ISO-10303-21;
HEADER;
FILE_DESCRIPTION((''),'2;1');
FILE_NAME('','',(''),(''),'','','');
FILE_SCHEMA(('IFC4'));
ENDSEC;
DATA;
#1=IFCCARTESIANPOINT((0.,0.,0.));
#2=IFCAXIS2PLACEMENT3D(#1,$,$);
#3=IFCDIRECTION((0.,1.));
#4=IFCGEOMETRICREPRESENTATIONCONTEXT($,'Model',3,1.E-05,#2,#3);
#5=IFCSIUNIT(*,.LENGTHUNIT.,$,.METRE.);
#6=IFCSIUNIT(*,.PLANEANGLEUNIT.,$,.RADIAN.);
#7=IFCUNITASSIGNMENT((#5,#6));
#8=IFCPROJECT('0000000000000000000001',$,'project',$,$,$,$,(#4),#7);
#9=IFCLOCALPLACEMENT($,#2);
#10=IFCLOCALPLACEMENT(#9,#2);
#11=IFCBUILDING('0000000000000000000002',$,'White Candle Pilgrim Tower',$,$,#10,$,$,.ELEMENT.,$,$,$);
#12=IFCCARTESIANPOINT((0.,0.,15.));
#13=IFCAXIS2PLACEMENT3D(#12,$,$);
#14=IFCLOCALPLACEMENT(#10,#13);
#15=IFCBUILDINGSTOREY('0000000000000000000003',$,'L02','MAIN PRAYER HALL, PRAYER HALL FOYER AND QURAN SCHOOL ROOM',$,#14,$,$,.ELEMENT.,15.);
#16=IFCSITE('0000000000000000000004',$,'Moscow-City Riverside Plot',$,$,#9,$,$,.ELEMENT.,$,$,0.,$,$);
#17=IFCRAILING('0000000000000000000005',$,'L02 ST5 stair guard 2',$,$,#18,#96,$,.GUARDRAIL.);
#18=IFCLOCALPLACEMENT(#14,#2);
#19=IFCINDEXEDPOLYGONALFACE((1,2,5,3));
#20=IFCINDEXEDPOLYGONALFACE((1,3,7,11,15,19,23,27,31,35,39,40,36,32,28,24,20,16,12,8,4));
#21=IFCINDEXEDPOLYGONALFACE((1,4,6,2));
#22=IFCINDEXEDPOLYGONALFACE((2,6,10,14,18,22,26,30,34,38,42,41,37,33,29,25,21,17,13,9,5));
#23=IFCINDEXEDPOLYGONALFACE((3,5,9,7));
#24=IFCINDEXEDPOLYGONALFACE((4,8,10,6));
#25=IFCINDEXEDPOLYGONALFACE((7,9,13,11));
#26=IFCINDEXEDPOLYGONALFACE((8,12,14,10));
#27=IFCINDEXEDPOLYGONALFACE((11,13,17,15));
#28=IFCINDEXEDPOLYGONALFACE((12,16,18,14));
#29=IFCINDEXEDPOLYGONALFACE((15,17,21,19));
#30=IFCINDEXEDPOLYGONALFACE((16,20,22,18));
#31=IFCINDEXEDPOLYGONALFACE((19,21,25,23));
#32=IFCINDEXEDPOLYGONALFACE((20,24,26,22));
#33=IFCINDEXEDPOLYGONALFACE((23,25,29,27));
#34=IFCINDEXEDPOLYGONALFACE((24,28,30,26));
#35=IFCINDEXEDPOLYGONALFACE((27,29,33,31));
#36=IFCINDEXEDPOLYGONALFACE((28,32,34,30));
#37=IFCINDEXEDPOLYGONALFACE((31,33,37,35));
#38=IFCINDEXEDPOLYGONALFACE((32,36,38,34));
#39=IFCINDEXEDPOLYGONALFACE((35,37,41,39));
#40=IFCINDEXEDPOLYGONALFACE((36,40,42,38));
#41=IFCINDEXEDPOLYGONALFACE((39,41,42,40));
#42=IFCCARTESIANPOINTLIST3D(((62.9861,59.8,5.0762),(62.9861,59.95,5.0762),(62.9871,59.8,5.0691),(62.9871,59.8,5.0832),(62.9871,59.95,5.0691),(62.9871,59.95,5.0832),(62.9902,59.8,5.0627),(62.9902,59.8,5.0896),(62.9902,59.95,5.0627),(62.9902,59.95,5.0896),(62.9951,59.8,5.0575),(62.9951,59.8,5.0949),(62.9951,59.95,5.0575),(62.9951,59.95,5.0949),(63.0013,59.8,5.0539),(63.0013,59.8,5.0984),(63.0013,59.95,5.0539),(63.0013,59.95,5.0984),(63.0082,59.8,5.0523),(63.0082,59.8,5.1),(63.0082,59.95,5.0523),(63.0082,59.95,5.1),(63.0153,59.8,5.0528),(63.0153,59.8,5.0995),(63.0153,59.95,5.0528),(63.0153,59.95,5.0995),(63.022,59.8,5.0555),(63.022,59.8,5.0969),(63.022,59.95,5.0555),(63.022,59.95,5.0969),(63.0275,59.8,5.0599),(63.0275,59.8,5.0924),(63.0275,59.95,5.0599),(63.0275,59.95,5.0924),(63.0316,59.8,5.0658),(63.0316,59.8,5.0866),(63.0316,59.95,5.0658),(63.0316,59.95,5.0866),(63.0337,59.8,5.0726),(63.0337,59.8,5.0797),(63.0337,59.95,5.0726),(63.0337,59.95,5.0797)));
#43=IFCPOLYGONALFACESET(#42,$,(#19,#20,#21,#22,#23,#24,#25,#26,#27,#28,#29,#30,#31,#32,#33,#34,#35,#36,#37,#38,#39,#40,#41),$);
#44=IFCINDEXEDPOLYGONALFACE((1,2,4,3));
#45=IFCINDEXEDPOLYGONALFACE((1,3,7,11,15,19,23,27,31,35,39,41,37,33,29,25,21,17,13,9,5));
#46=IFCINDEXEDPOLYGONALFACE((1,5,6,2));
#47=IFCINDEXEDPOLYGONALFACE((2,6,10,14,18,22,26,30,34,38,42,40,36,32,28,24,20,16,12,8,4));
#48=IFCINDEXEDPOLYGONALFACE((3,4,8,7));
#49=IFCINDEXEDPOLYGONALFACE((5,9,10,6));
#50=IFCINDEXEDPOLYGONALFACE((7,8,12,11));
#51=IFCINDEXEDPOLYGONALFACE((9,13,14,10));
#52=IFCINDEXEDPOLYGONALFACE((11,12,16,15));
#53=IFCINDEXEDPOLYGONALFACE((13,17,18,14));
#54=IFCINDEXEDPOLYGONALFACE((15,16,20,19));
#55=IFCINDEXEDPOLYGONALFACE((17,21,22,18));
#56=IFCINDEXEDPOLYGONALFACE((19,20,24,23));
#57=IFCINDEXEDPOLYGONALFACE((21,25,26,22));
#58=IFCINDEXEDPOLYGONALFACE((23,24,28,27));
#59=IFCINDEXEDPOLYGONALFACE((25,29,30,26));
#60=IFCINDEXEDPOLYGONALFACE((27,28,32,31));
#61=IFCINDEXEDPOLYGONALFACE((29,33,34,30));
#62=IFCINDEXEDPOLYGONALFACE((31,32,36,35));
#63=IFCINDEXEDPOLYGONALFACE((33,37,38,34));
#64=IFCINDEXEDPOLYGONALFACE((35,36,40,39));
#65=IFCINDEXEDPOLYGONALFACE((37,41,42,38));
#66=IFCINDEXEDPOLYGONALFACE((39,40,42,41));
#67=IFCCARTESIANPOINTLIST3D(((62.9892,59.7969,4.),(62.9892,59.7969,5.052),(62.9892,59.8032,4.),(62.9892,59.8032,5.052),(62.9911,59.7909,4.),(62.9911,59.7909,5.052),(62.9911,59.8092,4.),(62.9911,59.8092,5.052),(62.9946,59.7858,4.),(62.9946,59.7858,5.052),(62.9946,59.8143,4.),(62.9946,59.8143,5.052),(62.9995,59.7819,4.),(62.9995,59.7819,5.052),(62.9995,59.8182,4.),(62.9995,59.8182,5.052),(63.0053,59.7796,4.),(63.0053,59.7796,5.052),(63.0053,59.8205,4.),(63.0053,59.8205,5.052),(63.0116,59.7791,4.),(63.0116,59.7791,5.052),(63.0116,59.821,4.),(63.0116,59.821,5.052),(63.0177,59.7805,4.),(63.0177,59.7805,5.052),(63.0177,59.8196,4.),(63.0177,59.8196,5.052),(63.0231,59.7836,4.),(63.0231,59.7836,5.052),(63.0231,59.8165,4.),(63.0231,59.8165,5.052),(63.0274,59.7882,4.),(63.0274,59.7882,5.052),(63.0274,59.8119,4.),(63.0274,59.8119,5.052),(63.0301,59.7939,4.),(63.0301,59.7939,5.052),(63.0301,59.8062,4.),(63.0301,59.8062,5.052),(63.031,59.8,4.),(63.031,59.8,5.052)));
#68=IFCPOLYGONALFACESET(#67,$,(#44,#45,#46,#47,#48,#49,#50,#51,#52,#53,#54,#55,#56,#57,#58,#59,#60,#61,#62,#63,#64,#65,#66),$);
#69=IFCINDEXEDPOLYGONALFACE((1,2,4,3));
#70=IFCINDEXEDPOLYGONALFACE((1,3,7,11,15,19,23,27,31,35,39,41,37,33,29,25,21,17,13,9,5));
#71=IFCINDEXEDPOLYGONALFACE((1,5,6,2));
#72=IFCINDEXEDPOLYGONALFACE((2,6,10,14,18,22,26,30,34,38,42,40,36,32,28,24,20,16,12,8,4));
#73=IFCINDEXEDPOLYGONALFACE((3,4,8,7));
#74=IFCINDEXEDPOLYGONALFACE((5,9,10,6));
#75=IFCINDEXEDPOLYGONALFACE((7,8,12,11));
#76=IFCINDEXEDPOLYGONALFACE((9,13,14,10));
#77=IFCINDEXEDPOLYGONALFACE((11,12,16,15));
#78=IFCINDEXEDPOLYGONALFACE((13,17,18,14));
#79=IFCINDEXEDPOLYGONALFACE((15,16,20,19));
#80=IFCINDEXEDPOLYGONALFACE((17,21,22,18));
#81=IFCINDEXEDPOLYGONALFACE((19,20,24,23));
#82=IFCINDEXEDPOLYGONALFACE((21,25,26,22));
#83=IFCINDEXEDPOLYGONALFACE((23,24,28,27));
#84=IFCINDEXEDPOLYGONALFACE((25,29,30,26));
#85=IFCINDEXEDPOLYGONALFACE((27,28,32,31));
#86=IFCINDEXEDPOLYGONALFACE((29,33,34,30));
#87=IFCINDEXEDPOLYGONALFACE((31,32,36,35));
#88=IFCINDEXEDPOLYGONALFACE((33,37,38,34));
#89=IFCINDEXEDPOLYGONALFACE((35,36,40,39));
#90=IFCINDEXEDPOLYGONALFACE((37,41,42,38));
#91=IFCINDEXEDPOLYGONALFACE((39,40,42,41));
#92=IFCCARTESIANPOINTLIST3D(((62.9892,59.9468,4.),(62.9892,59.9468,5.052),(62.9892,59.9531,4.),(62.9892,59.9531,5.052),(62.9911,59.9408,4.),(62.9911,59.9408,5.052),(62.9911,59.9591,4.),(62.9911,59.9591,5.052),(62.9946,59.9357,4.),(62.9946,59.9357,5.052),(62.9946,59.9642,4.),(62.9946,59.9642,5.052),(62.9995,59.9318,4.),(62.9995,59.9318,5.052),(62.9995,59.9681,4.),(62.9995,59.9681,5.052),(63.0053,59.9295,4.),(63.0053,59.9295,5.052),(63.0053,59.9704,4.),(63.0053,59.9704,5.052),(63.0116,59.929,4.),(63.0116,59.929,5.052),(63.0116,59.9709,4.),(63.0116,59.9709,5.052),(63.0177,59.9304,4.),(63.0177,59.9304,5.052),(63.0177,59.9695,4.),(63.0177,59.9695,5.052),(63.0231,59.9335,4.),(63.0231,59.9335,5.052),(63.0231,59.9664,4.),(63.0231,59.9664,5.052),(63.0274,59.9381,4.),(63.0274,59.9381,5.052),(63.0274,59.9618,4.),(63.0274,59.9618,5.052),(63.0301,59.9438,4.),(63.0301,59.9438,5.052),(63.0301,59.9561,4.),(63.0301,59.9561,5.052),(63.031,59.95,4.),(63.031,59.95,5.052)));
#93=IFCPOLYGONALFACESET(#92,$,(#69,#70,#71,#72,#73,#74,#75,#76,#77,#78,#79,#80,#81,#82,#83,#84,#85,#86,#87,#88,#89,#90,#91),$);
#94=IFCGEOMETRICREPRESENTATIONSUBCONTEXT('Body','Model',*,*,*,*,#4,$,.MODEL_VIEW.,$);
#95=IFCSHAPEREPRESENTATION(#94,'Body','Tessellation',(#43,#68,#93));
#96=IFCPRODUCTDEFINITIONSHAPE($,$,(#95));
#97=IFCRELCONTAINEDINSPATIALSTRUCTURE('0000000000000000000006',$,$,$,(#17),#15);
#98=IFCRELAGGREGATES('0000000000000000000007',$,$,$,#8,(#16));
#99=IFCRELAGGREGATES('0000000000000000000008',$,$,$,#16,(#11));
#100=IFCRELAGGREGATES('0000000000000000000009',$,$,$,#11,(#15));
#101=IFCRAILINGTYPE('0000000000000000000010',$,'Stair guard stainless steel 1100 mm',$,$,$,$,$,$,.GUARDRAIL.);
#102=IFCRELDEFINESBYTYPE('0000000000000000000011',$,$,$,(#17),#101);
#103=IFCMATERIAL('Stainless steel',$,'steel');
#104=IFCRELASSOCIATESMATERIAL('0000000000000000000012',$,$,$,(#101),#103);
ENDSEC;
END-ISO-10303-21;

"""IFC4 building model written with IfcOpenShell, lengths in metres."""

from ifc_helpers import new_model, si_unit, direction, frame, origin, origin_2d, place, context, subcontext, project, spatial, circle, extrude, material, type_object, element, save


model = new_model("IFC4")

# Units and contexts
model_context = context("Model", 3, precision=1e-05, world=origin(), true_north=direction((0.0, 1.0)))
body_context = subcontext(model_context, "Body", "Model", "MODEL_VIEW")
ifc_project = project(units=[si_unit("LENGTHUNIT", "METRE"), si_unit("PLANEANGLEUNIT", "RADIAN")], contexts=[model_context])

# Site, building, storey
site_placement = place(None, origin())
site = spatial("IfcSite", under=ifc_project, at=site_placement, Name="Moscow-City Riverside Plot", CompositionType="ELEMENT", RefElevation=0.0)
building_placement = place(site_placement, origin())
building = spatial("IfcBuilding", under=site, at=building_placement, Name="White Candle Pilgrim Tower", CompositionType="ELEMENT")
storey_placement = place(building_placement, frame((0.0, 0.0, 15.0)))
storey = spatial("IfcBuildingStorey", under=building, at=storey_placement, Name="L02", Description="MAIN PRAYER HALL, PRAYER HALL FOYER AND QURAN SCHOOL ROOM", CompositionType="ELEMENT", Elevation=15.0)

# Shared definitions
ifc_material_1 = material(Name="Stainless steel", Category="steel")

# Railing
railing_type_1 = type_object("IfcRailingType", Name="Stair guard stainless steel 1100 mm", PredefinedType="GUARDRAIL", material=ifc_material_1)
railing_1_placement = place(storey_placement, frame((63.01, 59.8, 4.0)))
element("IfcRailing", 1, at=railing_1_placement, inside=storey, type_object=railing_type_1, Name="L02 ST5 stair guard 2", PredefinedType="GUARDRAIL", context=body_context, shape_type="SweptSolid", body=[
    extrude(circle(Radius=0.0239, at=origin_2d()), frame((0.0, 0.0, 1.0762), z_axis=(0.0, 1.0, 0.0), x_axis=(-1.0, 0.0, 0.0)), (0.0, 0.0, 1.0), 0.1499),
    extrude(circle(Radius=0.021, at=origin_2d()), origin(), (0.0, 0.0, 1.0), 1.052),
    extrude(circle(Radius=0.021, at=origin_2d()), frame((0.0, 0.1499, 0.0)), (0.0, 0.0, 1.0), 1.052),
])

save(model, "model.ifc")
